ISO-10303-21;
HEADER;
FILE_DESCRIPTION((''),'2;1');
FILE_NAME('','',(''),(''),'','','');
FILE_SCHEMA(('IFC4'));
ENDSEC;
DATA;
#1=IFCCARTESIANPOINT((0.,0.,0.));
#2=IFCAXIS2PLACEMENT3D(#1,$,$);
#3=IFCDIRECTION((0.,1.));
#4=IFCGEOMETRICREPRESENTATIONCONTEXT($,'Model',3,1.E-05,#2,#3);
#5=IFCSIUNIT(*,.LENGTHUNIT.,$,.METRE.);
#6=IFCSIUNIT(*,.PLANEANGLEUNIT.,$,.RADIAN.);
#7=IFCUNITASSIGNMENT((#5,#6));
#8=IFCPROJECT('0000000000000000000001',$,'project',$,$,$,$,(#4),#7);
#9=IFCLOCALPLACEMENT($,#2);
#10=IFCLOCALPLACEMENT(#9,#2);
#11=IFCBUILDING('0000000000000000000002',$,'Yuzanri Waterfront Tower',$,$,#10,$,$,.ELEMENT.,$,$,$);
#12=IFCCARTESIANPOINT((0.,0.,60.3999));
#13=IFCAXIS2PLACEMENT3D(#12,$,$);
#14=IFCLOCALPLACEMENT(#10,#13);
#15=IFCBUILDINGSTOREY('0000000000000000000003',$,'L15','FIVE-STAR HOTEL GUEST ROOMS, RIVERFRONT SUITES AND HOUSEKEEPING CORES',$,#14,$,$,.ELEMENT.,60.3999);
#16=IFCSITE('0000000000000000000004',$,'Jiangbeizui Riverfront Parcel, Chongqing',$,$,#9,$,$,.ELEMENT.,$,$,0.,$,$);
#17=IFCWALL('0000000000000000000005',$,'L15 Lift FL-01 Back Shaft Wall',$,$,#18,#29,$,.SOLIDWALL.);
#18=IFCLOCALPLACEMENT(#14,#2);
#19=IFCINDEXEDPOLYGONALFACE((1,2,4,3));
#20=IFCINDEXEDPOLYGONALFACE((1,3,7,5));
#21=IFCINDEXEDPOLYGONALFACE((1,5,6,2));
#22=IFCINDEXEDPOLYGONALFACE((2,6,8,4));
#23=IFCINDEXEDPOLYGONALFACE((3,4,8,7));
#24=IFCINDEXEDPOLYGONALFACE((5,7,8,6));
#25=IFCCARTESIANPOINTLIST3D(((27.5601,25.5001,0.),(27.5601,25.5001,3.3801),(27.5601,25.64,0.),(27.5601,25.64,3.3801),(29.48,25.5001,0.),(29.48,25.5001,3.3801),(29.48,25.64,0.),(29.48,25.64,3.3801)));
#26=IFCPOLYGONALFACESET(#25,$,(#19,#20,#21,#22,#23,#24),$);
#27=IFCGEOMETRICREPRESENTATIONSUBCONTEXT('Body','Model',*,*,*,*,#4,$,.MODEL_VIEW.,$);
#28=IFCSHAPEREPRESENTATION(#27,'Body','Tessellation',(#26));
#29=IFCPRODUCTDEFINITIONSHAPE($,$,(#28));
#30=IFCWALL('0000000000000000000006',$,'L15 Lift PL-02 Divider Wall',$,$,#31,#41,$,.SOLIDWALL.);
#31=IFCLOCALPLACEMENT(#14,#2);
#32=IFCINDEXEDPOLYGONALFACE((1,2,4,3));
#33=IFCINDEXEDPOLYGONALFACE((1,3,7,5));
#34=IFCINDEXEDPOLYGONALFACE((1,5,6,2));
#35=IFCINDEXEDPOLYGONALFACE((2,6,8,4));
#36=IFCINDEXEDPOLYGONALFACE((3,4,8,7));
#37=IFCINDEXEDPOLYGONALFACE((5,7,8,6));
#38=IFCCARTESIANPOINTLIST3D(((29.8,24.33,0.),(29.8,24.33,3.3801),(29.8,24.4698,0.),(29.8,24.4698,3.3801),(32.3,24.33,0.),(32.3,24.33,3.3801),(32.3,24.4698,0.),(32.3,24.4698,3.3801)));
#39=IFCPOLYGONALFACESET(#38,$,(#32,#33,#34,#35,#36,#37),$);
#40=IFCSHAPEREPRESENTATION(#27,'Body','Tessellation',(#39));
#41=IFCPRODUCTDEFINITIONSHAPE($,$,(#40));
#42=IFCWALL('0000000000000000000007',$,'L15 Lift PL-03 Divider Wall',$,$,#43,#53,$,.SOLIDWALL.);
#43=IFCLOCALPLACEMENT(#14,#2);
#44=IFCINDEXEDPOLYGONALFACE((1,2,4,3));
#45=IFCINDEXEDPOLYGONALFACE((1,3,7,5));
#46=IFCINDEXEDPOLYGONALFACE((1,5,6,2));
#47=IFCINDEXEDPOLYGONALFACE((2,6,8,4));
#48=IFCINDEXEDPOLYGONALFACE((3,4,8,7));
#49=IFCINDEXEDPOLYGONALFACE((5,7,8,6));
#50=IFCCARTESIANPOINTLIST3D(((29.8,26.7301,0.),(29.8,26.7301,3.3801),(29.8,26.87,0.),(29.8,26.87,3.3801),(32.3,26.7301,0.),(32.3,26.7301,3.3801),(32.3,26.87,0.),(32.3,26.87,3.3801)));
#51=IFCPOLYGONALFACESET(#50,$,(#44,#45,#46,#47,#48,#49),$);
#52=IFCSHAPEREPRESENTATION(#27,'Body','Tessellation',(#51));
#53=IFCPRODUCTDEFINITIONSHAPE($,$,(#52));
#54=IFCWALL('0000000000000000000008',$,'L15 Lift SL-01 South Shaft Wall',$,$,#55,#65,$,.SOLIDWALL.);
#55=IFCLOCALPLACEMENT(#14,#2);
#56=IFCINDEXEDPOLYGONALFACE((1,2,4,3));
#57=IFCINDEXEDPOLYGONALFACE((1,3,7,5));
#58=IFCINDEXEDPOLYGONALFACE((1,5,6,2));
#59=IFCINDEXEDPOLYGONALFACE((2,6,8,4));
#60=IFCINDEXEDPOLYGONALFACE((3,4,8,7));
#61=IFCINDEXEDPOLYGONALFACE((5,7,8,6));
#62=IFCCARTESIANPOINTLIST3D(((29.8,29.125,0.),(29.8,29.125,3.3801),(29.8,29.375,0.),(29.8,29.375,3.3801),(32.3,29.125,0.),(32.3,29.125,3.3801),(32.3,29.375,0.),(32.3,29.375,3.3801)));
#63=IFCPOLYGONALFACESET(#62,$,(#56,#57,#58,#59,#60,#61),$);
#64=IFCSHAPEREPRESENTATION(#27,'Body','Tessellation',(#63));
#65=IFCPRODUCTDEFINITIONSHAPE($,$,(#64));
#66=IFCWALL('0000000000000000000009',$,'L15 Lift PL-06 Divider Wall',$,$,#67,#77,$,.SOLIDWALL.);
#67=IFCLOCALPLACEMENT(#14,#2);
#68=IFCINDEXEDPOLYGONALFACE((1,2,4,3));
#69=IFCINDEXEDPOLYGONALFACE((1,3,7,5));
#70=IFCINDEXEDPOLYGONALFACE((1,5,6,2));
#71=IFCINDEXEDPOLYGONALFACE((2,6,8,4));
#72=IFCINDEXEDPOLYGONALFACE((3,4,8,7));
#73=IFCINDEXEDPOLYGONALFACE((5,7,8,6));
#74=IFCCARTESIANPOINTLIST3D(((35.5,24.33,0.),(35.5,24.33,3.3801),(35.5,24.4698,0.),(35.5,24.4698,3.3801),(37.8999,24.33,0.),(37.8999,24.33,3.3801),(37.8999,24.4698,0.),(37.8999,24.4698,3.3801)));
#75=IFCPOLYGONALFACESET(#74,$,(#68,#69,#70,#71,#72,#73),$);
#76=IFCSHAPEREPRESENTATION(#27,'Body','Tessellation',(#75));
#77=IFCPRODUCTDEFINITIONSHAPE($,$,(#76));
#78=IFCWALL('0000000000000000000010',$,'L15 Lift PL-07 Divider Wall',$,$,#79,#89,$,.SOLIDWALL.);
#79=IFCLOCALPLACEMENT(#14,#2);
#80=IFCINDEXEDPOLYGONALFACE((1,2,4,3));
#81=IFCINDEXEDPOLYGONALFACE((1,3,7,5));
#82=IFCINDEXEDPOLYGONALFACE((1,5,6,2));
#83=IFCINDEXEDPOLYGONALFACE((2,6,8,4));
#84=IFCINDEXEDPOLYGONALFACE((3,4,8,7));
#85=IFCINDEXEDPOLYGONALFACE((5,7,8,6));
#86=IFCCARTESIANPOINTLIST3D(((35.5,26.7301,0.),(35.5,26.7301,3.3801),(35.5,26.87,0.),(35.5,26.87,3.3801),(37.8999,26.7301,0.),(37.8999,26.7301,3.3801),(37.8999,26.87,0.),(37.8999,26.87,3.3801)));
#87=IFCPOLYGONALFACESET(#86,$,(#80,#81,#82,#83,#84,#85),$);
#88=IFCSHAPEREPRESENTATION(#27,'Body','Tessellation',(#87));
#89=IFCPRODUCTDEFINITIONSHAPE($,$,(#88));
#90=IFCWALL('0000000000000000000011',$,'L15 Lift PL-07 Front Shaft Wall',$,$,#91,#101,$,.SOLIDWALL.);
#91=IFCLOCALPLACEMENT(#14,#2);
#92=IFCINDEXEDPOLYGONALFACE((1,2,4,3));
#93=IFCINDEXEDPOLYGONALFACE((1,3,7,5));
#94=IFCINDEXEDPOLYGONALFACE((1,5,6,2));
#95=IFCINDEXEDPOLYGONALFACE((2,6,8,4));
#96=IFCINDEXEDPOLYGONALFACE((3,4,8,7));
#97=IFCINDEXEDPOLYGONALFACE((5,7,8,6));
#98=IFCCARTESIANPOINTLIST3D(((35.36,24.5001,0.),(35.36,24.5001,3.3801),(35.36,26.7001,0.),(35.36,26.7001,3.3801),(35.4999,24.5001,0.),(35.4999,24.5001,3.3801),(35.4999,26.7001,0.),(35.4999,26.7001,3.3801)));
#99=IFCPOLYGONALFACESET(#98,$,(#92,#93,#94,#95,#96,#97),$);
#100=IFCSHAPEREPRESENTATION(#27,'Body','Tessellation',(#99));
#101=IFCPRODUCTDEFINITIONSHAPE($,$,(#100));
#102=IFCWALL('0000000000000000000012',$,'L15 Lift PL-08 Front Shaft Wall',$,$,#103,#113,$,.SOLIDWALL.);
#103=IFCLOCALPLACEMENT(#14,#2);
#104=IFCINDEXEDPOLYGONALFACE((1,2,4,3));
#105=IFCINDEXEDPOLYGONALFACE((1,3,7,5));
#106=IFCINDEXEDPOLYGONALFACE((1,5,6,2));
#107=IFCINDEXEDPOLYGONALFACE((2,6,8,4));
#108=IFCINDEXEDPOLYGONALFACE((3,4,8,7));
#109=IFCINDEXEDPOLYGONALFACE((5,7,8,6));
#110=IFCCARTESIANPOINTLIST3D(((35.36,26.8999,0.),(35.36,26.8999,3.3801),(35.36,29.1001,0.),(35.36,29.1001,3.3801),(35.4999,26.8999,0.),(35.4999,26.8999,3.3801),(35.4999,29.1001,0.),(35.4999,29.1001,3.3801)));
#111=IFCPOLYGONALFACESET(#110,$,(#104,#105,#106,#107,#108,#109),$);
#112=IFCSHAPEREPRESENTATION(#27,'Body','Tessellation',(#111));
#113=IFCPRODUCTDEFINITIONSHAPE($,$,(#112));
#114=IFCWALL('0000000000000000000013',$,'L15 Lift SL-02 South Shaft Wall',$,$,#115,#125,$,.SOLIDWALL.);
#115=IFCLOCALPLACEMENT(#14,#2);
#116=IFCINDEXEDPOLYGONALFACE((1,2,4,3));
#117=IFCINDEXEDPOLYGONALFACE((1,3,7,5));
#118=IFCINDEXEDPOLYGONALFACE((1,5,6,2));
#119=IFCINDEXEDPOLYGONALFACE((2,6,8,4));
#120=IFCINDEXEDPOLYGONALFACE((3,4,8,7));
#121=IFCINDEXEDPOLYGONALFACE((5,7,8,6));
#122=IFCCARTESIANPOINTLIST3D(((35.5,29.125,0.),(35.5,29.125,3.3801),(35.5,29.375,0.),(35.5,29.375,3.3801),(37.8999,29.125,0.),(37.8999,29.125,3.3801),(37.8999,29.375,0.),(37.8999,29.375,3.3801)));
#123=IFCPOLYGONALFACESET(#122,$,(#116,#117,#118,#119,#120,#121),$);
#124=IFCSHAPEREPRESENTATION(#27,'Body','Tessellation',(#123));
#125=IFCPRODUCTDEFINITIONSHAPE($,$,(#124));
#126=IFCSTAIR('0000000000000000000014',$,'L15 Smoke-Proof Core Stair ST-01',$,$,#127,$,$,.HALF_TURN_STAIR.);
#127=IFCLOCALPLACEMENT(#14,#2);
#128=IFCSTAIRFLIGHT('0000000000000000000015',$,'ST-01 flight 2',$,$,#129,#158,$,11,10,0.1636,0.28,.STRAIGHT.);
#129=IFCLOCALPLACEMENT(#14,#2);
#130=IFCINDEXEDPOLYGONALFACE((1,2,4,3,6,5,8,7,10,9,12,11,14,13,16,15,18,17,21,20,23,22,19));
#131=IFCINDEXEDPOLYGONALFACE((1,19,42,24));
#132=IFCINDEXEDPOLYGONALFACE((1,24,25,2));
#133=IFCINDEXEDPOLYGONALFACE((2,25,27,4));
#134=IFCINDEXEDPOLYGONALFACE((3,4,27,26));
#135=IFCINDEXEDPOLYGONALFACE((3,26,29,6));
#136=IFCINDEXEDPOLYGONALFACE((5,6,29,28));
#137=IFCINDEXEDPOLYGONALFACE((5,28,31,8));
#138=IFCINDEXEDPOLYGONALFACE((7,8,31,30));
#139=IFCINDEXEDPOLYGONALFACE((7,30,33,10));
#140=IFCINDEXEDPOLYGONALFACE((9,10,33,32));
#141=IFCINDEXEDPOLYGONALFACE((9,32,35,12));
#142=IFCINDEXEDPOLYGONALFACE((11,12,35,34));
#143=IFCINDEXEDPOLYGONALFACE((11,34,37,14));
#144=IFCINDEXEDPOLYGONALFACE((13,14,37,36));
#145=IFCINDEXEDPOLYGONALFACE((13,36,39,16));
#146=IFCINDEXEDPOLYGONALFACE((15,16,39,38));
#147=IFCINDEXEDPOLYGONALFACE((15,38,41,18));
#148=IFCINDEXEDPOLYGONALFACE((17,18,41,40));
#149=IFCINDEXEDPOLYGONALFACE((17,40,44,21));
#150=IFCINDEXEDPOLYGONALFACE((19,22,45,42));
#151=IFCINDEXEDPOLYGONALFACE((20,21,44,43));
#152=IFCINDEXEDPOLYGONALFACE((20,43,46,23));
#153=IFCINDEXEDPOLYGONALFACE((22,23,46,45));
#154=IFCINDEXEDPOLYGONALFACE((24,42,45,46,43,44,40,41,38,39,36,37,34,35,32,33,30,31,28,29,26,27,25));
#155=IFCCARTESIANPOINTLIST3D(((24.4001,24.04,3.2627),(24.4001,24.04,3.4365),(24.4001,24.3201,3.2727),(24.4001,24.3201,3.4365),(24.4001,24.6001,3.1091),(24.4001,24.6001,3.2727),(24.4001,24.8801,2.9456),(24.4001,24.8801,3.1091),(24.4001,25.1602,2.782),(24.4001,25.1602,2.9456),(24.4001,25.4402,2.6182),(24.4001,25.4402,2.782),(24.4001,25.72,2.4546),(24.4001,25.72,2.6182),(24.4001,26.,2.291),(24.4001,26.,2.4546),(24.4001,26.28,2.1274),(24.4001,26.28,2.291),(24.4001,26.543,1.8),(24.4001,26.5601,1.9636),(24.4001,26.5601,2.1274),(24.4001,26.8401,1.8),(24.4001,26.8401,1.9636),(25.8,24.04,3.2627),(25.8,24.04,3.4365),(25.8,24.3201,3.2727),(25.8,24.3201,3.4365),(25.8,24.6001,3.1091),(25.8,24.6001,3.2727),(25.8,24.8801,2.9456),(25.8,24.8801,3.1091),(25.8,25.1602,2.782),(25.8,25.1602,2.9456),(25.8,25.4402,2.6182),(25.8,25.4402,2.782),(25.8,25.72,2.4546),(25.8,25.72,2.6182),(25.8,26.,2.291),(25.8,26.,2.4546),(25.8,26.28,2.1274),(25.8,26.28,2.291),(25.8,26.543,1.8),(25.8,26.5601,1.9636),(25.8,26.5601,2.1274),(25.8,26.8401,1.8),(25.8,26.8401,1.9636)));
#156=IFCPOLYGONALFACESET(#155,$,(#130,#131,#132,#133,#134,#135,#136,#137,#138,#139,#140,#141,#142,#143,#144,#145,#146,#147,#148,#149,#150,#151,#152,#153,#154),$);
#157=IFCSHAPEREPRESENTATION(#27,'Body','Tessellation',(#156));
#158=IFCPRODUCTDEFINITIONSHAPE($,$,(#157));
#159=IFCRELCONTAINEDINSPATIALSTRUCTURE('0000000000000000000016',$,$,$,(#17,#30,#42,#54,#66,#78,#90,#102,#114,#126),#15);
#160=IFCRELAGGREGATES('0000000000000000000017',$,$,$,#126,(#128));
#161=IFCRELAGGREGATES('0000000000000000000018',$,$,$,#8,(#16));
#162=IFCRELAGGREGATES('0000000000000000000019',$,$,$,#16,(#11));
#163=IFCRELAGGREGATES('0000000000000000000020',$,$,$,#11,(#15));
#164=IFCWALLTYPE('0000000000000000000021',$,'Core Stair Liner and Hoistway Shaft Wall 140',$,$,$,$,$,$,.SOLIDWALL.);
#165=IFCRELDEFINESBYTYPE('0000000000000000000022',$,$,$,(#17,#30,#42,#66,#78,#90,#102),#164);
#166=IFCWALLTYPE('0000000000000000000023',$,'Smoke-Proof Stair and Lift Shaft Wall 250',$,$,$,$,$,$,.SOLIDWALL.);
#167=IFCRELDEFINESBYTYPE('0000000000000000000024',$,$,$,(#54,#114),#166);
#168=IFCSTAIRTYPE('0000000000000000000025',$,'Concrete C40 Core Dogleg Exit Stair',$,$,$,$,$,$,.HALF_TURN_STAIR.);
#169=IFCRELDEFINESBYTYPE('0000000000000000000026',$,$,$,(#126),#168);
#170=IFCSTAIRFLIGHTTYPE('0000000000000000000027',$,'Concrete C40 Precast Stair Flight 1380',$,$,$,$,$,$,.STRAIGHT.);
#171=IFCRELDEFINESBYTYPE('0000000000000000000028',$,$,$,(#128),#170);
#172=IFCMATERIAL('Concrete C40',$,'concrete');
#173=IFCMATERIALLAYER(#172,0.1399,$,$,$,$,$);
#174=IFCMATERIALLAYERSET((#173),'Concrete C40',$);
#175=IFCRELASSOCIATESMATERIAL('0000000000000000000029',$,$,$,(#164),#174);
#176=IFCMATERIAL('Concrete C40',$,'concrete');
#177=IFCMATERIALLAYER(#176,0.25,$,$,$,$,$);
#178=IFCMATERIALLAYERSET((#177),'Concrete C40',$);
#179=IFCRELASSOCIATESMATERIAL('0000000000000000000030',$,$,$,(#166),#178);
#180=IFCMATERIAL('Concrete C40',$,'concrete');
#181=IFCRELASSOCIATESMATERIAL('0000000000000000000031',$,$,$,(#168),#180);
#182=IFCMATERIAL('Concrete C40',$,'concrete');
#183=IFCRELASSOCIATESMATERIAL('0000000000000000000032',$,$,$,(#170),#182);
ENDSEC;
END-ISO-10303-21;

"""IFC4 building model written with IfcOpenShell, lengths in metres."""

from ifc_helpers import new_model, si_unit, direction, frame, frame_2d, origin, place, context, subcontext, project, spatial, polyline, rectangle, outline, extrude, source, transform, mapped, material, layer, layer_set, type_object, element, aggregate, save


model = new_model("IFC4")

# Units and contexts
model_context = context("Model", 3, precision=1e-05, world=origin(), true_north=direction((0.0, 1.0)))
body_context = subcontext(model_context, "Body", "Model", "MODEL_VIEW")
ifc_project = project(units=[si_unit("LENGTHUNIT", "METRE"), si_unit("PLANEANGLEUNIT", "RADIAN")], contexts=[model_context])

# Site, building, storey
site_placement = place(None, origin())
site = spatial("IfcSite", under=ifc_project, at=site_placement, Name="Jiangbeizui Riverfront Parcel, Chongqing", CompositionType="ELEMENT", RefElevation=0.0)
building_placement = place(site_placement, origin())
building = spatial("IfcBuilding", under=site, at=building_placement, Name="Yuzanri Waterfront Tower", CompositionType="ELEMENT")
storey_placement = place(building_placement, frame((0.0, 0.0, 60.3999)))
storey = spatial("IfcBuildingStorey", under=building, at=storey_placement, Name="L15", Description="FIVE-STAR HOTEL GUEST ROOMS, RIVERFRONT SUITES AND HOUSEKEEPING CORES", CompositionType="ELEMENT", Elevation=60.3999)

# Shared definitions
ifc_material_1 = material(Name="Concrete C40", Category="concrete")
ifc_layer_1 = layer(ifc_material_1, 0.1399)
ifc_layer_set_1 = layer_set([ifc_layer_1], Name="Concrete C40")
wall_type_1 = type_object("IfcWallType", Name="Core Stair Liner and Hoistway Shaft Wall 140", PredefinedType="SOLIDWALL", material=ifc_layer_set_1)

# Walls
shared_shape_1 = source(origin(), body_context, "Body", "SweptSolid", [
    extrude(rectangle(XDim=1.9199, YDim=0.1399, at=frame_2d((0.96, 0.0))), origin(), (0.0, 0.0, 1.0), 3.3801),
])
wall_1_placement = place(storey_placement, frame((27.5601, 25.5701, 0.0), z_axis=(0.0, 0.0, 1.0), x_axis=(1.0, 0.0, 0.0)))
element("IfcWall", 1, at=wall_1_placement, inside=storey, type_object=wall_type_1, Name="L15 Lift FL-01 Back Shaft Wall", PredefinedType="SOLIDWALL", context=body_context, shape_type="MappedRepresentation", body=[
    mapped(shared_shape_1, transform((0.0, 0.0, 0.0), scale=1.0)),
])
shared_shape_2 = source(origin(), body_context, "Body", "SweptSolid", [
    extrude(rectangle(XDim=2.5, YDim=0.1399, at=frame_2d((1.25, 0.0))), origin(), (0.0, 0.0, 1.0), 3.3801),
])
for number, where, z_axis, x_axis, name in (
    (2, (29.8, 24.3999, 0.0), (0.0, 0.0, 1.0), (1.0, 0.0, 0.0), "L15 Lift PL-02 Divider Wall"),
    (3, (29.8, 26.8, 0.0), (0.0, 0.0, 1.0), (1.0, 0.0, 0.0), "L15 Lift PL-03 Divider Wall"),
):
    element("IfcWall", number, at=place(storey_placement, frame(where, z_axis=z_axis, x_axis=x_axis)), inside=storey, type_object=wall_type_1, Name=name, PredefinedType="SOLIDWALL", context=body_context, shape_type="MappedRepresentation", body=[
        mapped(shared_shape_2, transform((0.0, 0.0, 0.0), scale=1.0)),
    ])
ifc_material_2 = material(Name="Concrete C40", Category="concrete")
ifc_layer_2 = layer(ifc_material_2, 0.25)
ifc_layer_set_2 = layer_set([ifc_layer_2], Name="Concrete C40")
wall_type_2 = type_object("IfcWallType", Name="Smoke-Proof Stair and Lift Shaft Wall 250", PredefinedType="SOLIDWALL", material=ifc_layer_set_2)
shared_shape_3 = source(origin(), body_context, "Body", "SweptSolid", [
    extrude(rectangle(XDim=2.5, YDim=0.25, at=frame_2d((1.25, 0.0))), origin(), (0.0, 0.0, 1.0), 3.3801),
])
wall_2_placement = place(storey_placement, frame((29.8, 29.25, 0.0), z_axis=(0.0, 0.0, 1.0), x_axis=(1.0, 0.0, 0.0)))
element("IfcWall", 4, at=wall_2_placement, inside=storey, type_object=wall_type_2, Name="L15 Lift SL-01 South Shaft Wall", PredefinedType="SOLIDWALL", context=body_context, shape_type="MappedRepresentation", body=[
    mapped(shared_shape_3, transform((0.0, 0.0, 0.0), scale=1.0)),
])
shared_shape_4 = source(origin(), body_context, "Body", "SweptSolid", [
    extrude(rectangle(XDim=2.3999, YDim=0.1399, at=frame_2d((1.2, 0.0))), origin(), (0.0, 0.0, 1.0), 3.3801),
])
for number, where, z_axis, x_axis, name in (
    (5, (35.5, 24.3999, 0.0), (0.0, 0.0, 1.0), (1.0, 0.0, 0.0), "L15 Lift PL-06 Divider Wall"),
    (6, (35.5, 26.8, 0.0), (0.0, 0.0, 1.0), (1.0, 0.0, 0.0), "L15 Lift PL-07 Divider Wall"),
):
    element("IfcWall", number, at=place(storey_placement, frame(where, z_axis=z_axis, x_axis=x_axis)), inside=storey, type_object=wall_type_1, Name=name, PredefinedType="SOLIDWALL", context=body_context, shape_type="MappedRepresentation", body=[
        mapped(shared_shape_4, transform((0.0, 0.0, 0.0), scale=1.0)),
    ])
shared_shape_5 = source(origin(), body_context, "Body", "SweptSolid", [
    extrude(rectangle(XDim=2.2, YDim=0.1399, at=frame_2d((1.1001, 0.0))), origin(), (0.0, 0.0, 1.0), 3.3801),
])
wall_3_placement = place(storey_placement, frame((35.4299, 24.5, 0.0), z_axis=(0.0, 0.0, 1.0), x_axis=(0.0, 1.0, 0.0)))
element("IfcWall", 7, at=wall_3_placement, inside=storey, type_object=wall_type_1, Name="L15 Lift PL-07 Front Shaft Wall", PredefinedType="SOLIDWALL", context=body_context, shape_type="MappedRepresentation", body=[
    mapped(shared_shape_5, transform((0.0, 0.0, 0.0), scale=1.0)),
])
shared_shape_6 = source(origin(), body_context, "Body", "SweptSolid", [
    extrude(rectangle(XDim=2.2002, YDim=0.1399, at=frame_2d((1.1001, 0.0))), origin(), (0.0, 0.0, 1.0), 3.3801),
])
wall_4_placement = place(storey_placement, frame((35.4299, 26.8999, 0.0), z_axis=(0.0, 0.0, 1.0), x_axis=(0.0, 1.0, 0.0)))
element("IfcWall", 8, at=wall_4_placement, inside=storey, type_object=wall_type_1, Name="L15 Lift PL-08 Front Shaft Wall", PredefinedType="SOLIDWALL", context=body_context, shape_type="MappedRepresentation", body=[
    mapped(shared_shape_6, transform((0.0, 0.0, 0.0), scale=1.0)),
])
shared_shape_7 = source(origin(), body_context, "Body", "SweptSolid", [
    extrude(rectangle(XDim=2.3999, YDim=0.25, at=frame_2d((1.2, 0.0))), origin(), (0.0, 0.0, 1.0), 3.3801),
])
wall_5_placement = place(storey_placement, frame((35.5, 29.25, 0.0), z_axis=(0.0, 0.0, 1.0), x_axis=(1.0, 0.0, 0.0)))
element("IfcWall", 9, at=wall_5_placement, inside=storey, type_object=wall_type_2, Name="L15 Lift SL-02 South Shaft Wall", PredefinedType="SOLIDWALL", context=body_context, shape_type="MappedRepresentation", body=[
    mapped(shared_shape_7, transform((0.0, 0.0, 0.0), scale=1.0)),
])

# Stair, stair flight
ifc_material_3 = material(Name="Concrete C40", Category="concrete")
stair_type = type_object("IfcStairType", Name="Concrete C40 Core Dogleg Exit Stair", PredefinedType="HALF_TURN_STAIR", material=ifc_material_3)
stair_placement = place(storey_placement, origin())
stair = element("IfcStair", 10, at=stair_placement, inside=storey, type_object=stair_type, Name="L15 Smoke-Proof Core Stair ST-01", PredefinedType="HALF_TURN_STAIR")
ifc_material_4 = material(Name="Concrete C40", Category="concrete")
stair_flight_type = type_object("IfcStairFlightType", Name="Concrete C40 Precast Stair Flight 1380", PredefinedType="STRAIGHT", material=ifc_material_4)
shared_shape_8 = source(origin(), body_context, "Body", "SweptSolid", [
    extrude(outline(polyline([(0.0, 0.0), (0.0, 0.1636), (0.28, 0.1636), (0.28, 0.3274), (0.5601, 0.3274), (0.5601, 0.491), (0.8401, 0.491), (0.8401, 0.6545), (1.1201, 0.6545), (1.1201, 0.8181), (1.3999, 0.8181), (1.3999, 0.9819), (1.6799, 0.9819), (1.6799, 1.1455), (1.96, 1.1455), (1.96, 1.3091), (2.24, 1.3091), (2.24, 1.4727), (2.52, 1.4727), (2.52, 1.6365), (2.8, 1.6365), (2.8, 1.8), (2.8, 1.4626), (0.2971, 0.0), (0.0, 0.0)])), frame((0.0, 0.7, 0.0), z_axis=(0.0, -1.0, 0.0), x_axis=(1.0, 0.0, 0.0)), (0.0, 0.0, 1.0), 1.3999),
])
stair_flight_placement = place(storey_placement, frame((25.1001, 26.8401, 1.8), z_axis=(0.0, 0.0, 1.0), x_axis=(0.0, -1.0, 0.0)))
stair_flight = element("IfcStairFlight", 11, at=stair_flight_placement, type_object=stair_flight_type, Name="ST-01 flight 2", NumberOfRisers=11, NumberOfTreads=10, PredefinedType="STRAIGHT", RiserHeight=0.1636, TreadLength=0.28, context=body_context, shape_type="MappedRepresentation", body=[
    mapped(shared_shape_8, transform((0.0, 0.0, 0.0), scale=1.0)),
])
aggregate(stair, [stair_flight])

save(model, "model.ifc")
